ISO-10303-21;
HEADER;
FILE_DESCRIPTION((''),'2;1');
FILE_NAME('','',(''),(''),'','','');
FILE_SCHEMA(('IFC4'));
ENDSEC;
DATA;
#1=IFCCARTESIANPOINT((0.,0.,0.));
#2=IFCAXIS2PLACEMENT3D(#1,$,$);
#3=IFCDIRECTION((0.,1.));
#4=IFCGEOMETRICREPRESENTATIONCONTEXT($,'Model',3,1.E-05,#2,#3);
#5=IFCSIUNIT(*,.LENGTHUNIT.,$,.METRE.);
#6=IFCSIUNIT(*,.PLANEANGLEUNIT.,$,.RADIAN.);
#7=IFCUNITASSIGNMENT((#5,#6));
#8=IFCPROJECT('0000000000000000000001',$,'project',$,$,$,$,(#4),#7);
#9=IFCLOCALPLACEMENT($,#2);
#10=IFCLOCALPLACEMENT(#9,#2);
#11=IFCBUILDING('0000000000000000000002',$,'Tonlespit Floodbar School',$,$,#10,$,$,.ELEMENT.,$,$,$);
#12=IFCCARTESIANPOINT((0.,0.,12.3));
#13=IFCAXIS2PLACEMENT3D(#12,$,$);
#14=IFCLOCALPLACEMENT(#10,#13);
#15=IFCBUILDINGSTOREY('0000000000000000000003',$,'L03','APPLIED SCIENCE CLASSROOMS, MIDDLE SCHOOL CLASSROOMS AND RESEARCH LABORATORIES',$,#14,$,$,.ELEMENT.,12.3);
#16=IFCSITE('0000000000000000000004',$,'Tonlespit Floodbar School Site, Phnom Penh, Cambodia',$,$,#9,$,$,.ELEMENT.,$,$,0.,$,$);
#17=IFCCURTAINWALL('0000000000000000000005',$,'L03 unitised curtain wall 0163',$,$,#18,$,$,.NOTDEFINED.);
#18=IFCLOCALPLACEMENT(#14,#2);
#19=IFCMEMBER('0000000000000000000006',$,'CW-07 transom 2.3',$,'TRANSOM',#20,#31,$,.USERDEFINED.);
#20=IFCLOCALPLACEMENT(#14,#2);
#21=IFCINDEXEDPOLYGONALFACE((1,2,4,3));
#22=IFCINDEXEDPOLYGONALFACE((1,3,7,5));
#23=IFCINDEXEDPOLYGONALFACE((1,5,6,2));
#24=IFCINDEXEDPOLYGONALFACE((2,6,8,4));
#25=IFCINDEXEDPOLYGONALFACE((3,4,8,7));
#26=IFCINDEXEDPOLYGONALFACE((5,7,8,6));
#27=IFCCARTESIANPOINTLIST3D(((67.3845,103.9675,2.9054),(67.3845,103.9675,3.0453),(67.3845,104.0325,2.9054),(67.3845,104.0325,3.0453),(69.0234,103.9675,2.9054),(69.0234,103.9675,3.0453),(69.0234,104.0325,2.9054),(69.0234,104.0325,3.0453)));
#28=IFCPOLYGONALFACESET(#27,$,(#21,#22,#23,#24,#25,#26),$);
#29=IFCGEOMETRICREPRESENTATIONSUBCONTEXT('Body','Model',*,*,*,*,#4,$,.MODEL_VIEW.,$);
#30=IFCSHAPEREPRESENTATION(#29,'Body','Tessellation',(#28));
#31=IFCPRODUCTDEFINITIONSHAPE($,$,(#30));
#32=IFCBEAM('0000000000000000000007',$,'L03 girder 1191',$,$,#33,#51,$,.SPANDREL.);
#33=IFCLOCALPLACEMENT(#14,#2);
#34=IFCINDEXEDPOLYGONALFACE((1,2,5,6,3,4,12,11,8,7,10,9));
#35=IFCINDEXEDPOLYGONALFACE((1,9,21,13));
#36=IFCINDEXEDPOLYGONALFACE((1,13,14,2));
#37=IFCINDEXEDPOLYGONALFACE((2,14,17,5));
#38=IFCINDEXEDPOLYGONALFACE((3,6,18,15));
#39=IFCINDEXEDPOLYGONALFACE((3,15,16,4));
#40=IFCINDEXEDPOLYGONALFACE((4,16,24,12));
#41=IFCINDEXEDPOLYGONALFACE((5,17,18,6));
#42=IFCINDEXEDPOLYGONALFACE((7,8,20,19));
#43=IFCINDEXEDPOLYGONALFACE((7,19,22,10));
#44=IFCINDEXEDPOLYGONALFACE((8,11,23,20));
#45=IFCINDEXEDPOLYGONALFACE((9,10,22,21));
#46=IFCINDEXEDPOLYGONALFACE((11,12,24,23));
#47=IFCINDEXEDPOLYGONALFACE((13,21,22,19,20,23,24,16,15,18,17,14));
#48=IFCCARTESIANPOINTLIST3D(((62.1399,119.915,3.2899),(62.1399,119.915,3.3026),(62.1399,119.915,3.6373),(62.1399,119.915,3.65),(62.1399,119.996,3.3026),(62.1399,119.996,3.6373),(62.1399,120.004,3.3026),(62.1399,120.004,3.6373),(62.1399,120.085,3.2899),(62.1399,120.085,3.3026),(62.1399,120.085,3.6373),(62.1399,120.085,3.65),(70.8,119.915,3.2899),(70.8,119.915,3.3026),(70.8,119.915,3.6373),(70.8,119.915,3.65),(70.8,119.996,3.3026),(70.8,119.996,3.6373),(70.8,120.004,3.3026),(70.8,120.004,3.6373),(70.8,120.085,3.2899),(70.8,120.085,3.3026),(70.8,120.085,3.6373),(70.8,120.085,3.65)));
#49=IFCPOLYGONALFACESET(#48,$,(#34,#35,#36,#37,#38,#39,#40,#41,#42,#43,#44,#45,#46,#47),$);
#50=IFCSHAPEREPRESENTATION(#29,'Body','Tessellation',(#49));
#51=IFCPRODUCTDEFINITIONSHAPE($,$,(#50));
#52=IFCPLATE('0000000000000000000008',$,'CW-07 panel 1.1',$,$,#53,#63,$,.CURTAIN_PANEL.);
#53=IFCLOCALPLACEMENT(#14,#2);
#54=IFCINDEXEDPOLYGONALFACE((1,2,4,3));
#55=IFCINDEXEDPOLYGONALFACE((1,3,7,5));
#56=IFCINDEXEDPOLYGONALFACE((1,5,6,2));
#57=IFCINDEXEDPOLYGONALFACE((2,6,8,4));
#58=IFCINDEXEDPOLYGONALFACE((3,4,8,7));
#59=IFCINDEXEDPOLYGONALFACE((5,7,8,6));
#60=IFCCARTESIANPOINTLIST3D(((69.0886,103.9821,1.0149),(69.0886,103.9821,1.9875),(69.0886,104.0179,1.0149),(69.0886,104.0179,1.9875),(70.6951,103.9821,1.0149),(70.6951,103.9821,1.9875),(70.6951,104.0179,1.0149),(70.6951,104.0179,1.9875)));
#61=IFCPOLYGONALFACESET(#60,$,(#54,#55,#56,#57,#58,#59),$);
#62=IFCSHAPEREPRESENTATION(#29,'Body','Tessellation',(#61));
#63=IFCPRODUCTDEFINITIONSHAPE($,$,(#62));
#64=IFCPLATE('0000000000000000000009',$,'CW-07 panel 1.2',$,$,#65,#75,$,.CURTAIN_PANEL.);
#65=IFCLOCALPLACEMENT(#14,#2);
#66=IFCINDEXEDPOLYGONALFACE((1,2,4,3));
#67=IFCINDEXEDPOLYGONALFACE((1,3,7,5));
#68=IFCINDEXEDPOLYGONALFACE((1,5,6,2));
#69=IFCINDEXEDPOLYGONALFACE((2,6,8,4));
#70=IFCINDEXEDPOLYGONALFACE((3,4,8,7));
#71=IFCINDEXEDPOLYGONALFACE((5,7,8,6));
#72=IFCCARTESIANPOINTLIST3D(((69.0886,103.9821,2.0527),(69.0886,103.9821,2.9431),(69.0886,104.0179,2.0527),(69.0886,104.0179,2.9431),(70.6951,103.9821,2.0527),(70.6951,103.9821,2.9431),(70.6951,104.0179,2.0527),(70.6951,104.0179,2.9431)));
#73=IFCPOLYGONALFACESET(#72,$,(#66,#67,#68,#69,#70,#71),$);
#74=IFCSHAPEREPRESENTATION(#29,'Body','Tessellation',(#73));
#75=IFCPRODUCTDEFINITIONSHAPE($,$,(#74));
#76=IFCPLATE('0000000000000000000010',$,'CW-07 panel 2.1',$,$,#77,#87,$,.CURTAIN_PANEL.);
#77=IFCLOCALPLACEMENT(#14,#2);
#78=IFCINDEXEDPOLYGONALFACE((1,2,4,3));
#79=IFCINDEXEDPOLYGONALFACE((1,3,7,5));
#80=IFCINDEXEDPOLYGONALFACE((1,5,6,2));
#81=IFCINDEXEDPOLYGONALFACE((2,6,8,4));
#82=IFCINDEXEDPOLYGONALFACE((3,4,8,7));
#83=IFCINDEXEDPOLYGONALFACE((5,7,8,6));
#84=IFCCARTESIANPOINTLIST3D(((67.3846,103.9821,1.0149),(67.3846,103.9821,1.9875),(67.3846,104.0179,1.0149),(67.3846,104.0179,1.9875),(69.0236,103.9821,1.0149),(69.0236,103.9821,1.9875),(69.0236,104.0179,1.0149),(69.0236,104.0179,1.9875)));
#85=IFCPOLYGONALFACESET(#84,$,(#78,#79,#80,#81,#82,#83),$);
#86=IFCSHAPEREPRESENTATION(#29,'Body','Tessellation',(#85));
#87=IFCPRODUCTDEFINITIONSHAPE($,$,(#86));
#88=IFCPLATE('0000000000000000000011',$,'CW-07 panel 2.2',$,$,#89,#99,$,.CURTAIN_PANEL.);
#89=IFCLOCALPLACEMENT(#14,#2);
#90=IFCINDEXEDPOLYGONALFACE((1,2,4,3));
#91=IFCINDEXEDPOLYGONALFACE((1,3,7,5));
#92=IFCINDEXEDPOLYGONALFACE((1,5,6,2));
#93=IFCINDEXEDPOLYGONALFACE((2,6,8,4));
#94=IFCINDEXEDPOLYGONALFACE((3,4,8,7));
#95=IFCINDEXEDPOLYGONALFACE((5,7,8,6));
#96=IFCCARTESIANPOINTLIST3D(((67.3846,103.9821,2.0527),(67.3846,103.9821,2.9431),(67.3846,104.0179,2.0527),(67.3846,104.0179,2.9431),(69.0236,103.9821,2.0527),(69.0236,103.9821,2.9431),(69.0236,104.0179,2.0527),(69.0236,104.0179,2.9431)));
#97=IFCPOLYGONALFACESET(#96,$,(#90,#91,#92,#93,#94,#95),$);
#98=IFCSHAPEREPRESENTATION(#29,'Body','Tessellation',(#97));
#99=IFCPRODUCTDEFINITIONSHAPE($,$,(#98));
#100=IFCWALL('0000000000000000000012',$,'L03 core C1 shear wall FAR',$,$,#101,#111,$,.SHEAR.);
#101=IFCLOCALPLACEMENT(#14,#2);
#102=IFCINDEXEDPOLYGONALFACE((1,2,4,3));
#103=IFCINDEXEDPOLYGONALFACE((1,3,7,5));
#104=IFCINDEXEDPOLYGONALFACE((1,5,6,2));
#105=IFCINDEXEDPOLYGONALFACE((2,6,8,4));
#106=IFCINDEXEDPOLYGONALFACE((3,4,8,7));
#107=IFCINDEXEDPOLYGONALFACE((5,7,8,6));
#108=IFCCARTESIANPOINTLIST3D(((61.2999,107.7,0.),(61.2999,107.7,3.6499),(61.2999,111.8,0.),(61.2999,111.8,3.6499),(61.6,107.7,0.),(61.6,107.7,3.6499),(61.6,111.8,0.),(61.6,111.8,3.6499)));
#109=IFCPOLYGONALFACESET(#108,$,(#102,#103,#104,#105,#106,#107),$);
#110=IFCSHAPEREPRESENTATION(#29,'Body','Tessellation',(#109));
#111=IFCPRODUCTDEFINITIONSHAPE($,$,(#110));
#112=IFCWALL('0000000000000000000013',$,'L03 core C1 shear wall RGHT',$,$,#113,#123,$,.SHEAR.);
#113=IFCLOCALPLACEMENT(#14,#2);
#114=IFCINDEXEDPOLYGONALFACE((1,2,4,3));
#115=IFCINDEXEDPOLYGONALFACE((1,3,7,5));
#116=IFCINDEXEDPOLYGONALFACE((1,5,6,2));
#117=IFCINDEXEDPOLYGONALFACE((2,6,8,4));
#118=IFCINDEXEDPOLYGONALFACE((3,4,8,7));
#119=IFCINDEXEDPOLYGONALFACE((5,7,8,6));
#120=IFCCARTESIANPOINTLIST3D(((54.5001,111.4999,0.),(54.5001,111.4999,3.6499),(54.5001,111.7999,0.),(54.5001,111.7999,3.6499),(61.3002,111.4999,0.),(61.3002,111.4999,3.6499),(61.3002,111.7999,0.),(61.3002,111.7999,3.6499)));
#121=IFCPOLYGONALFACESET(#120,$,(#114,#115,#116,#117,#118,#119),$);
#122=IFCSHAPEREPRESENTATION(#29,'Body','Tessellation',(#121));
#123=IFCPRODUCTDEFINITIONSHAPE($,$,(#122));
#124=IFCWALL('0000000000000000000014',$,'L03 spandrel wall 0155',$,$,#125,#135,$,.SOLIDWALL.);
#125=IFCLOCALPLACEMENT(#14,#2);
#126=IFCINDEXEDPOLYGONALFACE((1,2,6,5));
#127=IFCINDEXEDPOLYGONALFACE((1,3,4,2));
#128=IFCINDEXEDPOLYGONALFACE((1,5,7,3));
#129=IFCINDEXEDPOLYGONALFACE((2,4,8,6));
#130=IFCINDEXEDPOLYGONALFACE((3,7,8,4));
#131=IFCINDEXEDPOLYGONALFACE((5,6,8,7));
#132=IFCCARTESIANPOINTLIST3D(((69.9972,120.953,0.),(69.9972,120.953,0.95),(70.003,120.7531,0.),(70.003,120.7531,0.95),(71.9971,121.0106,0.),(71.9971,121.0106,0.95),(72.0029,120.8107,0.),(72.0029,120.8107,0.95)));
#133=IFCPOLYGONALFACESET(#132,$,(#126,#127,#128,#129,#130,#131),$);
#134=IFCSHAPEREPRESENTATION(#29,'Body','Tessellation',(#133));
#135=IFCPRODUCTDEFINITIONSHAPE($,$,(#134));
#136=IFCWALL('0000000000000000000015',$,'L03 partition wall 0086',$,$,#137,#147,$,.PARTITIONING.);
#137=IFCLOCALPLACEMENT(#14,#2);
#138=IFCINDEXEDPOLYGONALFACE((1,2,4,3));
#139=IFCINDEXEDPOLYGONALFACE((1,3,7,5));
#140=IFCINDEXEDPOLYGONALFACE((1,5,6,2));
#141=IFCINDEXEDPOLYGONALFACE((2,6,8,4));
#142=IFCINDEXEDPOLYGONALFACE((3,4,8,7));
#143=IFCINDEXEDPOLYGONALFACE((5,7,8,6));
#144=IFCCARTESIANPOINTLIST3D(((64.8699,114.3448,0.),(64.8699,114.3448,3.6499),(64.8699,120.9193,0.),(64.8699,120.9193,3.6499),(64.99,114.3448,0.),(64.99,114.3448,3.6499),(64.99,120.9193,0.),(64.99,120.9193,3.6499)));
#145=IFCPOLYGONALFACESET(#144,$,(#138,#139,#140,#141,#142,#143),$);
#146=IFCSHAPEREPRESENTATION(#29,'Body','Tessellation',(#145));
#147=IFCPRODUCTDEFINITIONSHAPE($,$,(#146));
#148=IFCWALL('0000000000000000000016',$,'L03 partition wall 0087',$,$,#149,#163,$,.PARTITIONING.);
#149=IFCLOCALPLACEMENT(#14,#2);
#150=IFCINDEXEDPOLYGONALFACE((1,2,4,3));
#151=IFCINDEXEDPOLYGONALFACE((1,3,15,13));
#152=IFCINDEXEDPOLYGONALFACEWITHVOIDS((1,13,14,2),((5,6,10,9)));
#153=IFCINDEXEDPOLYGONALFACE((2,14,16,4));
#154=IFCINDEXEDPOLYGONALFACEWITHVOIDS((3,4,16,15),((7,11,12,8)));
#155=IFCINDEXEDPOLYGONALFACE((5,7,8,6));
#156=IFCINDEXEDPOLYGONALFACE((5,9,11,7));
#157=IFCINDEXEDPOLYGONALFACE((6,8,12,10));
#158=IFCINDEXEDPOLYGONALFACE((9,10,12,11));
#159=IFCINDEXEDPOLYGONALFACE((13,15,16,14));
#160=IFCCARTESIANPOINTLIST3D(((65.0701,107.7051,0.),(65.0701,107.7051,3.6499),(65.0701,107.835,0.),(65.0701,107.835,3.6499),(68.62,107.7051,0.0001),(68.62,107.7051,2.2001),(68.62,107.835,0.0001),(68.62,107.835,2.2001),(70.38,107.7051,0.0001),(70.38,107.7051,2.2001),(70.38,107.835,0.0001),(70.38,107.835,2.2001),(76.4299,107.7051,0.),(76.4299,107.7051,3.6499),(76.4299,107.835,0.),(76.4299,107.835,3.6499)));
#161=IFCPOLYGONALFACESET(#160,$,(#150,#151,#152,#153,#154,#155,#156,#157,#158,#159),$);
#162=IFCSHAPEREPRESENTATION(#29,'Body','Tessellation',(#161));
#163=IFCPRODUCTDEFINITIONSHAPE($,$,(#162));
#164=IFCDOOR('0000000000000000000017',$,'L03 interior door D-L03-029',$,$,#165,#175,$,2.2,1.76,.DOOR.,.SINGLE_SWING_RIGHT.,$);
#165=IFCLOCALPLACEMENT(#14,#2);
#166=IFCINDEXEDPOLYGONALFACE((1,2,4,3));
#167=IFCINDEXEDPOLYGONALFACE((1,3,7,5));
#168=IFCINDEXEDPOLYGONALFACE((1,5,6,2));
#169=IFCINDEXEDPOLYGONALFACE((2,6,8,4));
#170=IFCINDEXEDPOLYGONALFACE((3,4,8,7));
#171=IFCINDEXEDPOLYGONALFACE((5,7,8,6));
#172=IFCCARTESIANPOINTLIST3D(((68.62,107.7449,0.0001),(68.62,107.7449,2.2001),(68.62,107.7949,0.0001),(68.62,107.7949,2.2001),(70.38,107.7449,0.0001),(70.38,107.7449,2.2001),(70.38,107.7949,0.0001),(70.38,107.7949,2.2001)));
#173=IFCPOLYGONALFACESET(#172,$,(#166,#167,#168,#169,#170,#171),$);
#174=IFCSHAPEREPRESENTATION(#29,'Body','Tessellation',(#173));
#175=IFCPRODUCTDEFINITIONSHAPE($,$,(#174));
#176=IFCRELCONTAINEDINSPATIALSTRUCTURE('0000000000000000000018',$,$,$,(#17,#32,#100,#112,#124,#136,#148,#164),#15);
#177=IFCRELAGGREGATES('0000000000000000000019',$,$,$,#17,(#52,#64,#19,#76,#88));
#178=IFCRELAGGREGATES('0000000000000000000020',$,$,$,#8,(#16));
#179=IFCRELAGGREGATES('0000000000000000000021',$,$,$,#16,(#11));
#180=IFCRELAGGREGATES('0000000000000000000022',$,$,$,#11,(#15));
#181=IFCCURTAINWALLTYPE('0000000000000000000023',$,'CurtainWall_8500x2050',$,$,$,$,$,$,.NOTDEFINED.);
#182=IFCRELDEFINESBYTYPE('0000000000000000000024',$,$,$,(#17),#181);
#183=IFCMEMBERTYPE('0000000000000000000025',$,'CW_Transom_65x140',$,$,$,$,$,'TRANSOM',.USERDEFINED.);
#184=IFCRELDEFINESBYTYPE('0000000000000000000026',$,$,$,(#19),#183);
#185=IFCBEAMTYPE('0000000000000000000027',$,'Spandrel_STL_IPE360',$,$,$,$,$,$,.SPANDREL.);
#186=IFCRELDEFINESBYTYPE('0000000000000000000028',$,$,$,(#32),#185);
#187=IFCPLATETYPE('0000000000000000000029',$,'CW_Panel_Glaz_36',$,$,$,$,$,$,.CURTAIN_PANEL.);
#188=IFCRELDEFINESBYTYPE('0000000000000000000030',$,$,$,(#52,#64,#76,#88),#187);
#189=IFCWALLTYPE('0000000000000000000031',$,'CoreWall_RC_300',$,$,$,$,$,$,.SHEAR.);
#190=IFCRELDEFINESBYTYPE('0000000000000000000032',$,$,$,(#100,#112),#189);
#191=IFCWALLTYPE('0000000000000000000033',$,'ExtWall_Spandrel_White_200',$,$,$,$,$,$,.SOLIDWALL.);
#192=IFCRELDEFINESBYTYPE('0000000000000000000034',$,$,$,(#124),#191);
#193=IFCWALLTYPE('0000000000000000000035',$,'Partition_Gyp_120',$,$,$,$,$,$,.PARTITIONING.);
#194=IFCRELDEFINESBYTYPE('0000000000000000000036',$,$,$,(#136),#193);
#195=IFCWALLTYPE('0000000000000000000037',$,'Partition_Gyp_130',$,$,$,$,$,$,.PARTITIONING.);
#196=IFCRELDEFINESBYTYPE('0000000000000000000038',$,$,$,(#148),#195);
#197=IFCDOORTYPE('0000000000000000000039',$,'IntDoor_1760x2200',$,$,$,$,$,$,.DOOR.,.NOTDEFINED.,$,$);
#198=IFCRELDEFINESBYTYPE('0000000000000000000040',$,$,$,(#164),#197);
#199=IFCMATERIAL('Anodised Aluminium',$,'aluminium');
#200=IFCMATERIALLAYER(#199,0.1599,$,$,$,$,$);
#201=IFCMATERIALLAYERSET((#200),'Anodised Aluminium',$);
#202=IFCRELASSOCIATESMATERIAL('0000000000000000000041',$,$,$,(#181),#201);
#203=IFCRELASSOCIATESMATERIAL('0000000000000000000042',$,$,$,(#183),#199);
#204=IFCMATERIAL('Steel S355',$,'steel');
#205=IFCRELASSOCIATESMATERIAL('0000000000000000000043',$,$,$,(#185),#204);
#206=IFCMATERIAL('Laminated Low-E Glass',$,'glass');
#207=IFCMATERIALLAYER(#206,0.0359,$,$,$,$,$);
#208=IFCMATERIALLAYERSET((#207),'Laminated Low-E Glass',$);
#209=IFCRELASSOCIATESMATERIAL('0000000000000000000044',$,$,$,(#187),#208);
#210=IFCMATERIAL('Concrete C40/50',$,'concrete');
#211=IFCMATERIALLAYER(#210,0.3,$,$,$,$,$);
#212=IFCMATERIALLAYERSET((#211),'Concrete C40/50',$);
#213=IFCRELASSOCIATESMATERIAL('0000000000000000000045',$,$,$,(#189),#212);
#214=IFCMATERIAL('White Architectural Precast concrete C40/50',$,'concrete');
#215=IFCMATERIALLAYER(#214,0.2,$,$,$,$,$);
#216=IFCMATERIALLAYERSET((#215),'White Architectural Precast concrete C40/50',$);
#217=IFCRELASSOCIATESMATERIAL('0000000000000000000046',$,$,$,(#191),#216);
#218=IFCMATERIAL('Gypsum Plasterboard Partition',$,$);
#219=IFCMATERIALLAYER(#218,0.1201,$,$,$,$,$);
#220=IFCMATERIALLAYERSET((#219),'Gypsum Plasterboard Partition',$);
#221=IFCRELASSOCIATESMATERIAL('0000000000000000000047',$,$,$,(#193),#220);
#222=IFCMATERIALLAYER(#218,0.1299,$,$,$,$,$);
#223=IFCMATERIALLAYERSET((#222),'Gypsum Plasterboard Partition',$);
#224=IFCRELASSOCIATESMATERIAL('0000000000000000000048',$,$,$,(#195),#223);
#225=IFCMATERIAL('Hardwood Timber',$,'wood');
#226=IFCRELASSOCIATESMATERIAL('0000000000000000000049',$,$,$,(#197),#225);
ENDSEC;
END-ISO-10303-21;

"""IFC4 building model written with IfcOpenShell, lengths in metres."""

from ifc_helpers import new_model, si_unit, direction, frame, frame_2d, origin, origin_2d, place, context, subcontext, project, spatial, rectangle, i_section, extrude, material, layer, layer_set, material_profile, profile_set, type_object, element, fill, aggregate, save


model = new_model("IFC4")

# Units and contexts
model_context = context("Model", 3, precision=1e-05, world=origin(), true_north=direction((0.0, 1.0)))
body_context = subcontext(model_context, "Body", "Model", "MODEL_VIEW")
ifc_project = project(units=[si_unit("LENGTHUNIT", "METRE"), si_unit("PLANEANGLEUNIT", "RADIAN")], contexts=[model_context])

# Site, building, storey
site_placement = place(None, origin())
site = spatial("IfcSite", under=ifc_project, at=site_placement, Name="Tonlespit Floodbar School Site, Phnom Penh, Cambodia", CompositionType="ELEMENT", RefElevation=0.0)
building_placement = place(site_placement, origin())
building = spatial("IfcBuilding", under=site, at=building_placement, Name="Tonlespit Floodbar School", CompositionType="ELEMENT")
storey_placement = place(building_placement, frame((0.0, 0.0, 12.3)))
storey = spatial("IfcBuildingStorey", under=building, at=storey_placement, Name="L03", Description="APPLIED SCIENCE CLASSROOMS, MIDDLE SCHOOL CLASSROOMS AND RESEARCH LABORATORIES", CompositionType="ELEMENT", Elevation=12.3)

# Shared definitions
ifc_material_1 = material(Name="Anodised Aluminium", Category="aluminium")

# Curtain wall
ifc_layer_1 = layer(ifc_material_1, 0.1599)
ifc_layer_set_1 = layer_set([ifc_layer_1], Name="Anodised Aluminium")
curtain_wall_type_1 = type_object("IfcCurtainWallType", Name="CurtainWall_8500x2050", PredefinedType="NOTDEFINED", material=ifc_layer_set_1)
curtain_wall_1_placement = place(storey_placement, origin())
curtain_wall_1 = element("IfcCurtainWall", 1, at=curtain_wall_1_placement, inside=storey, type_object=curtain_wall_type_1, Name="L03 unitised curtain wall 0163", PredefinedType="NOTDEFINED")

# Member
ifc_material_profile_1 = material_profile(ifc_material_1, rectangle(XDim=0.0649, YDim=0.1399, at=origin_2d()), Name="ALU T65x140")
ifc_profile_set_1 = profile_set([ifc_material_profile_1], Name="Anodised Aluminium")
member_type_1 = type_object("IfcMemberType", Name="CW_Transom_65x140", ElementType="TRANSOM", PredefinedType="USERDEFINED", material=ifc_profile_set_1)
member_1_placement = place(storey_placement, frame((69.0234, 104.0, 2.9753), z_axis=(-1.0, 0.0, 0.0), x_axis=(0.0, -1.0, 0.0)))
member_1 = element("IfcMember", 2, at=member_1_placement, type_object=member_type_1, Name="CW-07 transom 2.3", ObjectType="TRANSOM", PredefinedType="USERDEFINED", context=body_context, shape_type="SweptSolid", body=[
    extrude(rectangle(XDim=0.0649, YDim=0.1399, at=origin_2d()), origin(), (0.0, 0.0, 1.0), 1.6389),
])

# Beam
ifc_material_2 = material(Name="Steel S355", Category="steel")
ifc_material_profile_2 = material_profile(ifc_material_2, i_section(OverallWidth=0.1699, OverallDepth=0.3601, WebThickness=0.0081, FlangeThickness=0.0127, at=origin_2d()), Name="IPE 360")
ifc_profile_set_2 = profile_set([ifc_material_profile_2], Name="Steel S355")
beam_type = type_object("IfcBeamType", Name="Spandrel_STL_IPE360", PredefinedType="SPANDREL", material=ifc_profile_set_2)
beam_placement = place(storey_placement, frame((62.1399, 120.0, 3.47), z_axis=(1.0, 0.0, 0.0), x_axis=(0.0, 1.0, 0.0)))
element("IfcBeam", 3, at=beam_placement, inside=storey, type_object=beam_type, Name="L03 girder 1191", PredefinedType="SPANDREL", context=body_context, shape_type="SweptSolid", body=[
    extrude(i_section(OverallWidth=0.1699, OverallDepth=0.3601, WebThickness=0.0081, FlangeThickness=0.0127, at=origin_2d()), origin(), (0.0, 0.0, 1.0), 8.6602),
])

# Plates
ifc_material_3 = material(Name="Laminated Low-E Glass", Category="glass")
ifc_layer_2 = layer(ifc_material_3, 0.0359)
ifc_layer_set_2 = layer_set([ifc_layer_2], Name="Laminated Low-E Glass")
plate_type = type_object("IfcPlateType", Name="CW_Panel_Glaz_36", PredefinedType="CURTAIN_PANEL", material=ifc_layer_set_2)
plate_1_placement = place(storey_placement, frame((69.8918, 104.0, 1.0149), z_axis=(0.0, 0.0, 1.0), x_axis=(-1.0, 0.0, 0.0)))
plate_1 = element("IfcPlate", 4, at=plate_1_placement, type_object=plate_type, Name="CW-07 panel 1.1", PredefinedType="CURTAIN_PANEL", context=body_context, shape_type="SweptSolid", body=[
    extrude(rectangle(XDim=1.6064, YDim=0.0359, at=origin_2d()), origin(), (0.0, 0.0, 1.0), 0.9727),
])
plate_2_placement = place(storey_placement, frame((69.8918, 104.0, 2.0527), z_axis=(0.0, 0.0, 1.0), x_axis=(-1.0, 0.0, 0.0)))
plate_2 = element("IfcPlate", 5, at=plate_2_placement, type_object=plate_type, Name="CW-07 panel 1.2", PredefinedType="CURTAIN_PANEL", context=body_context, shape_type="SweptSolid", body=[
    extrude(rectangle(XDim=1.6064, YDim=0.0359, at=origin_2d()), origin(), (0.0, 0.0, 1.0), 0.8904),
])
plate_3_placement = place(storey_placement, frame((68.2041, 104.0, 1.0149), z_axis=(0.0, 0.0, 1.0), x_axis=(-1.0, 0.0, 0.0)))
plate_3 = element("IfcPlate", 6, at=plate_3_placement, type_object=plate_type, Name="CW-07 panel 2.1", PredefinedType="CURTAIN_PANEL", context=body_context, shape_type="SweptSolid", body=[
    extrude(rectangle(XDim=1.6389, YDim=0.0359, at=origin_2d()), origin(), (0.0, 0.0, 1.0), 0.9727),
])
plate_4_placement = place(storey_placement, frame((68.2041, 104.0, 2.0527), z_axis=(0.0, 0.0, 1.0), x_axis=(-1.0, 0.0, 0.0)))
plate_4 = element("IfcPlate", 7, at=plate_4_placement, type_object=plate_type, Name="CW-07 panel 2.2", PredefinedType="CURTAIN_PANEL", context=body_context, shape_type="SweptSolid", body=[
    extrude(rectangle(XDim=1.6389, YDim=0.0359, at=origin_2d()), origin(), (0.0, 0.0, 1.0), 0.8904),
])
aggregate(curtain_wall_1, [plate_1, plate_2, member_1, plate_3, plate_4])

# Walls
ifc_material_4 = material(Name="Concrete C40/50", Category="concrete")
ifc_layer_3 = layer(ifc_material_4, 0.3)
ifc_layer_set_3 = layer_set([ifc_layer_3], Name="Concrete C40/50")
wall_type_1 = type_object("IfcWallType", Name="CoreWall_RC_300", PredefinedType="SHEAR", material=ifc_layer_set_3)
wall_1_placement = place(storey_placement, frame((61.45, 111.8, 0.0), z_axis=(0.0, 0.0, 1.0), x_axis=(0.0, -1.0, 0.0)))
element("IfcWall", 8, at=wall_1_placement, inside=storey, type_object=wall_type_1, Name="L03 core C1 shear wall FAR", PredefinedType="SHEAR", context=body_context, shape_type="SweptSolid", body=[
    extrude(rectangle(XDim=4.1001, YDim=0.3, at=frame_2d((2.05, 0.0))), origin(), (0.0, 0.0, 1.0), 3.6499),
])
wall_2_placement = place(storey_placement, frame((61.3, 111.6499, 0.0), z_axis=(0.0, 0.0, 1.0), x_axis=(-1.0, 0.0, 0.0)))
element("IfcWall", 9, at=wall_2_placement, inside=storey, type_object=wall_type_1, Name="L03 core C1 shear wall RGHT", PredefinedType="SHEAR", context=body_context, shape_type="SweptSolid", body=[
    extrude(rectangle(XDim=6.8, YDim=0.3, at=frame_2d((3.3999, 0.0))), origin(), (0.0, 0.0, 1.0), 3.6499),
])
ifc_material_5 = material(Name="White Architectural Precast concrete C40/50", Category="concrete")
ifc_layer_4 = layer(ifc_material_5, 0.2)
ifc_layer_set_4 = layer_set([ifc_layer_4], Name="White Architectural Precast concrete C40/50")
wall_type_2 = type_object("IfcWallType", Name="ExtWall_Spandrel_White_200", PredefinedType="SOLIDWALL", material=ifc_layer_set_4)
wall_3_placement = place(storey_placement, frame((70.0, 120.853, 0.0), z_axis=(0.0, 0.0, 1.0), x_axis=(0.999585, 0.028797, 0.0)))
element("IfcWall", 10, at=wall_3_placement, inside=storey, type_object=wall_type_2, Name="L03 spandrel wall 0155", PredefinedType="SOLIDWALL", context=body_context, shape_type="SweptSolid", body=[
    extrude(rectangle(XDim=2.0007, YDim=0.2, at=frame_2d((1.0005, 0.0))), origin(), (0.0, 0.0, 1.0), 0.95),
])
ifc_material_6 = material(Name="Gypsum Plasterboard Partition")
ifc_layer_5 = layer(ifc_material_6, 0.1201)
ifc_layer_set_5 = layer_set([ifc_layer_5], Name="Gypsum Plasterboard Partition")
wall_type_3 = type_object("IfcWallType", Name="Partition_Gyp_120", PredefinedType="PARTITIONING", material=ifc_layer_set_5)
wall_4_placement = place(storey_placement, frame((64.9299, 114.345, 0.0), z_axis=(0.0, 0.0, 1.0), x_axis=(0.0, 1.0, 0.0)))
element("IfcWall", 11, at=wall_4_placement, inside=storey, type_object=wall_type_3, Name="L03 partition wall 0086", PredefinedType="PARTITIONING", context=body_context, shape_type="SweptSolid", body=[
    extrude(rectangle(XDim=6.5745, YDim=0.1201, at=frame_2d((3.2871, 0.0))), origin(), (0.0, 0.0, 1.0), 3.6499),
])

# Wall, opening, door
ifc_layer_6 = layer(ifc_material_6, 0.1299)
ifc_layer_set_6 = layer_set([ifc_layer_6], Name="Gypsum Plasterboard Partition")
wall_type_4 = type_object("IfcWallType", Name="Partition_Gyp_130", PredefinedType="PARTITIONING", material=ifc_layer_set_6)
wall_5_placement = place(storey_placement, frame((65.0701, 107.77, 0.0), z_axis=(0.0, 0.0, 1.0), x_axis=(1.0, 0.0, 0.0)))
wall_5 = element("IfcWall", 12, at=wall_5_placement, inside=storey, type_object=wall_type_4, Name="L03 partition wall 0087", PredefinedType="PARTITIONING", context=body_context, shape_type="SweptSolid", body=[
    extrude(rectangle(XDim=11.3599, YDim=0.1299, at=frame_2d((5.6799, 0.0))), origin(), (0.0, 0.0, 1.0), 3.6499),
])
opening_1_placement = place(wall_5_placement, frame((3.55, 0.0, 0.0)))
opening_1 = element("IfcOpeningElement", 13, at=opening_1_placement, cuts=wall_5, PredefinedType="OPENING", context=body_context, shape_type="SweptSolid", body=[
    extrude(rectangle(XDim=1.76, YDim=2.2, at=frame_2d((0.8799, 1.1001))), frame((0.0, 0.075, 0.0), z_axis=(0.0, -1.0, 0.0), x_axis=(1.0, 0.0, 0.0)), (0.0, 0.0, 1.0), 0.1499),
])
ifc_material_7 = material(Name="Hardwood Timber", Category="wood")
door_type_1 = type_object("IfcDoorType", Name="IntDoor_1760x2200", OperationType="NOTDEFINED", PredefinedType="DOOR", material=ifc_material_7)
door_1_placement = place(opening_1_placement, origin())
door_1 = element("IfcDoor", 14, at=door_1_placement, inside=storey, type_object=door_type_1, Name="L03 interior door D-L03-029", OperationType="SINGLE_SWING_RIGHT", OverallHeight=2.2, OverallWidth=1.76, PredefinedType="DOOR", context=body_context, shape_type="SweptSolid", body=[
    extrude(rectangle(XDim=1.76, YDim=2.2, at=frame_2d((0.8799, 1.1001))), frame((0.0, 0.0249, 0.0), z_axis=(0.0, -1.0, 0.0), x_axis=(1.0, 0.0, 0.0)), (0.0, 0.0, 1.0), 0.05),
])
fill(opening_1, door_1)

save(model, "model.ifc")
